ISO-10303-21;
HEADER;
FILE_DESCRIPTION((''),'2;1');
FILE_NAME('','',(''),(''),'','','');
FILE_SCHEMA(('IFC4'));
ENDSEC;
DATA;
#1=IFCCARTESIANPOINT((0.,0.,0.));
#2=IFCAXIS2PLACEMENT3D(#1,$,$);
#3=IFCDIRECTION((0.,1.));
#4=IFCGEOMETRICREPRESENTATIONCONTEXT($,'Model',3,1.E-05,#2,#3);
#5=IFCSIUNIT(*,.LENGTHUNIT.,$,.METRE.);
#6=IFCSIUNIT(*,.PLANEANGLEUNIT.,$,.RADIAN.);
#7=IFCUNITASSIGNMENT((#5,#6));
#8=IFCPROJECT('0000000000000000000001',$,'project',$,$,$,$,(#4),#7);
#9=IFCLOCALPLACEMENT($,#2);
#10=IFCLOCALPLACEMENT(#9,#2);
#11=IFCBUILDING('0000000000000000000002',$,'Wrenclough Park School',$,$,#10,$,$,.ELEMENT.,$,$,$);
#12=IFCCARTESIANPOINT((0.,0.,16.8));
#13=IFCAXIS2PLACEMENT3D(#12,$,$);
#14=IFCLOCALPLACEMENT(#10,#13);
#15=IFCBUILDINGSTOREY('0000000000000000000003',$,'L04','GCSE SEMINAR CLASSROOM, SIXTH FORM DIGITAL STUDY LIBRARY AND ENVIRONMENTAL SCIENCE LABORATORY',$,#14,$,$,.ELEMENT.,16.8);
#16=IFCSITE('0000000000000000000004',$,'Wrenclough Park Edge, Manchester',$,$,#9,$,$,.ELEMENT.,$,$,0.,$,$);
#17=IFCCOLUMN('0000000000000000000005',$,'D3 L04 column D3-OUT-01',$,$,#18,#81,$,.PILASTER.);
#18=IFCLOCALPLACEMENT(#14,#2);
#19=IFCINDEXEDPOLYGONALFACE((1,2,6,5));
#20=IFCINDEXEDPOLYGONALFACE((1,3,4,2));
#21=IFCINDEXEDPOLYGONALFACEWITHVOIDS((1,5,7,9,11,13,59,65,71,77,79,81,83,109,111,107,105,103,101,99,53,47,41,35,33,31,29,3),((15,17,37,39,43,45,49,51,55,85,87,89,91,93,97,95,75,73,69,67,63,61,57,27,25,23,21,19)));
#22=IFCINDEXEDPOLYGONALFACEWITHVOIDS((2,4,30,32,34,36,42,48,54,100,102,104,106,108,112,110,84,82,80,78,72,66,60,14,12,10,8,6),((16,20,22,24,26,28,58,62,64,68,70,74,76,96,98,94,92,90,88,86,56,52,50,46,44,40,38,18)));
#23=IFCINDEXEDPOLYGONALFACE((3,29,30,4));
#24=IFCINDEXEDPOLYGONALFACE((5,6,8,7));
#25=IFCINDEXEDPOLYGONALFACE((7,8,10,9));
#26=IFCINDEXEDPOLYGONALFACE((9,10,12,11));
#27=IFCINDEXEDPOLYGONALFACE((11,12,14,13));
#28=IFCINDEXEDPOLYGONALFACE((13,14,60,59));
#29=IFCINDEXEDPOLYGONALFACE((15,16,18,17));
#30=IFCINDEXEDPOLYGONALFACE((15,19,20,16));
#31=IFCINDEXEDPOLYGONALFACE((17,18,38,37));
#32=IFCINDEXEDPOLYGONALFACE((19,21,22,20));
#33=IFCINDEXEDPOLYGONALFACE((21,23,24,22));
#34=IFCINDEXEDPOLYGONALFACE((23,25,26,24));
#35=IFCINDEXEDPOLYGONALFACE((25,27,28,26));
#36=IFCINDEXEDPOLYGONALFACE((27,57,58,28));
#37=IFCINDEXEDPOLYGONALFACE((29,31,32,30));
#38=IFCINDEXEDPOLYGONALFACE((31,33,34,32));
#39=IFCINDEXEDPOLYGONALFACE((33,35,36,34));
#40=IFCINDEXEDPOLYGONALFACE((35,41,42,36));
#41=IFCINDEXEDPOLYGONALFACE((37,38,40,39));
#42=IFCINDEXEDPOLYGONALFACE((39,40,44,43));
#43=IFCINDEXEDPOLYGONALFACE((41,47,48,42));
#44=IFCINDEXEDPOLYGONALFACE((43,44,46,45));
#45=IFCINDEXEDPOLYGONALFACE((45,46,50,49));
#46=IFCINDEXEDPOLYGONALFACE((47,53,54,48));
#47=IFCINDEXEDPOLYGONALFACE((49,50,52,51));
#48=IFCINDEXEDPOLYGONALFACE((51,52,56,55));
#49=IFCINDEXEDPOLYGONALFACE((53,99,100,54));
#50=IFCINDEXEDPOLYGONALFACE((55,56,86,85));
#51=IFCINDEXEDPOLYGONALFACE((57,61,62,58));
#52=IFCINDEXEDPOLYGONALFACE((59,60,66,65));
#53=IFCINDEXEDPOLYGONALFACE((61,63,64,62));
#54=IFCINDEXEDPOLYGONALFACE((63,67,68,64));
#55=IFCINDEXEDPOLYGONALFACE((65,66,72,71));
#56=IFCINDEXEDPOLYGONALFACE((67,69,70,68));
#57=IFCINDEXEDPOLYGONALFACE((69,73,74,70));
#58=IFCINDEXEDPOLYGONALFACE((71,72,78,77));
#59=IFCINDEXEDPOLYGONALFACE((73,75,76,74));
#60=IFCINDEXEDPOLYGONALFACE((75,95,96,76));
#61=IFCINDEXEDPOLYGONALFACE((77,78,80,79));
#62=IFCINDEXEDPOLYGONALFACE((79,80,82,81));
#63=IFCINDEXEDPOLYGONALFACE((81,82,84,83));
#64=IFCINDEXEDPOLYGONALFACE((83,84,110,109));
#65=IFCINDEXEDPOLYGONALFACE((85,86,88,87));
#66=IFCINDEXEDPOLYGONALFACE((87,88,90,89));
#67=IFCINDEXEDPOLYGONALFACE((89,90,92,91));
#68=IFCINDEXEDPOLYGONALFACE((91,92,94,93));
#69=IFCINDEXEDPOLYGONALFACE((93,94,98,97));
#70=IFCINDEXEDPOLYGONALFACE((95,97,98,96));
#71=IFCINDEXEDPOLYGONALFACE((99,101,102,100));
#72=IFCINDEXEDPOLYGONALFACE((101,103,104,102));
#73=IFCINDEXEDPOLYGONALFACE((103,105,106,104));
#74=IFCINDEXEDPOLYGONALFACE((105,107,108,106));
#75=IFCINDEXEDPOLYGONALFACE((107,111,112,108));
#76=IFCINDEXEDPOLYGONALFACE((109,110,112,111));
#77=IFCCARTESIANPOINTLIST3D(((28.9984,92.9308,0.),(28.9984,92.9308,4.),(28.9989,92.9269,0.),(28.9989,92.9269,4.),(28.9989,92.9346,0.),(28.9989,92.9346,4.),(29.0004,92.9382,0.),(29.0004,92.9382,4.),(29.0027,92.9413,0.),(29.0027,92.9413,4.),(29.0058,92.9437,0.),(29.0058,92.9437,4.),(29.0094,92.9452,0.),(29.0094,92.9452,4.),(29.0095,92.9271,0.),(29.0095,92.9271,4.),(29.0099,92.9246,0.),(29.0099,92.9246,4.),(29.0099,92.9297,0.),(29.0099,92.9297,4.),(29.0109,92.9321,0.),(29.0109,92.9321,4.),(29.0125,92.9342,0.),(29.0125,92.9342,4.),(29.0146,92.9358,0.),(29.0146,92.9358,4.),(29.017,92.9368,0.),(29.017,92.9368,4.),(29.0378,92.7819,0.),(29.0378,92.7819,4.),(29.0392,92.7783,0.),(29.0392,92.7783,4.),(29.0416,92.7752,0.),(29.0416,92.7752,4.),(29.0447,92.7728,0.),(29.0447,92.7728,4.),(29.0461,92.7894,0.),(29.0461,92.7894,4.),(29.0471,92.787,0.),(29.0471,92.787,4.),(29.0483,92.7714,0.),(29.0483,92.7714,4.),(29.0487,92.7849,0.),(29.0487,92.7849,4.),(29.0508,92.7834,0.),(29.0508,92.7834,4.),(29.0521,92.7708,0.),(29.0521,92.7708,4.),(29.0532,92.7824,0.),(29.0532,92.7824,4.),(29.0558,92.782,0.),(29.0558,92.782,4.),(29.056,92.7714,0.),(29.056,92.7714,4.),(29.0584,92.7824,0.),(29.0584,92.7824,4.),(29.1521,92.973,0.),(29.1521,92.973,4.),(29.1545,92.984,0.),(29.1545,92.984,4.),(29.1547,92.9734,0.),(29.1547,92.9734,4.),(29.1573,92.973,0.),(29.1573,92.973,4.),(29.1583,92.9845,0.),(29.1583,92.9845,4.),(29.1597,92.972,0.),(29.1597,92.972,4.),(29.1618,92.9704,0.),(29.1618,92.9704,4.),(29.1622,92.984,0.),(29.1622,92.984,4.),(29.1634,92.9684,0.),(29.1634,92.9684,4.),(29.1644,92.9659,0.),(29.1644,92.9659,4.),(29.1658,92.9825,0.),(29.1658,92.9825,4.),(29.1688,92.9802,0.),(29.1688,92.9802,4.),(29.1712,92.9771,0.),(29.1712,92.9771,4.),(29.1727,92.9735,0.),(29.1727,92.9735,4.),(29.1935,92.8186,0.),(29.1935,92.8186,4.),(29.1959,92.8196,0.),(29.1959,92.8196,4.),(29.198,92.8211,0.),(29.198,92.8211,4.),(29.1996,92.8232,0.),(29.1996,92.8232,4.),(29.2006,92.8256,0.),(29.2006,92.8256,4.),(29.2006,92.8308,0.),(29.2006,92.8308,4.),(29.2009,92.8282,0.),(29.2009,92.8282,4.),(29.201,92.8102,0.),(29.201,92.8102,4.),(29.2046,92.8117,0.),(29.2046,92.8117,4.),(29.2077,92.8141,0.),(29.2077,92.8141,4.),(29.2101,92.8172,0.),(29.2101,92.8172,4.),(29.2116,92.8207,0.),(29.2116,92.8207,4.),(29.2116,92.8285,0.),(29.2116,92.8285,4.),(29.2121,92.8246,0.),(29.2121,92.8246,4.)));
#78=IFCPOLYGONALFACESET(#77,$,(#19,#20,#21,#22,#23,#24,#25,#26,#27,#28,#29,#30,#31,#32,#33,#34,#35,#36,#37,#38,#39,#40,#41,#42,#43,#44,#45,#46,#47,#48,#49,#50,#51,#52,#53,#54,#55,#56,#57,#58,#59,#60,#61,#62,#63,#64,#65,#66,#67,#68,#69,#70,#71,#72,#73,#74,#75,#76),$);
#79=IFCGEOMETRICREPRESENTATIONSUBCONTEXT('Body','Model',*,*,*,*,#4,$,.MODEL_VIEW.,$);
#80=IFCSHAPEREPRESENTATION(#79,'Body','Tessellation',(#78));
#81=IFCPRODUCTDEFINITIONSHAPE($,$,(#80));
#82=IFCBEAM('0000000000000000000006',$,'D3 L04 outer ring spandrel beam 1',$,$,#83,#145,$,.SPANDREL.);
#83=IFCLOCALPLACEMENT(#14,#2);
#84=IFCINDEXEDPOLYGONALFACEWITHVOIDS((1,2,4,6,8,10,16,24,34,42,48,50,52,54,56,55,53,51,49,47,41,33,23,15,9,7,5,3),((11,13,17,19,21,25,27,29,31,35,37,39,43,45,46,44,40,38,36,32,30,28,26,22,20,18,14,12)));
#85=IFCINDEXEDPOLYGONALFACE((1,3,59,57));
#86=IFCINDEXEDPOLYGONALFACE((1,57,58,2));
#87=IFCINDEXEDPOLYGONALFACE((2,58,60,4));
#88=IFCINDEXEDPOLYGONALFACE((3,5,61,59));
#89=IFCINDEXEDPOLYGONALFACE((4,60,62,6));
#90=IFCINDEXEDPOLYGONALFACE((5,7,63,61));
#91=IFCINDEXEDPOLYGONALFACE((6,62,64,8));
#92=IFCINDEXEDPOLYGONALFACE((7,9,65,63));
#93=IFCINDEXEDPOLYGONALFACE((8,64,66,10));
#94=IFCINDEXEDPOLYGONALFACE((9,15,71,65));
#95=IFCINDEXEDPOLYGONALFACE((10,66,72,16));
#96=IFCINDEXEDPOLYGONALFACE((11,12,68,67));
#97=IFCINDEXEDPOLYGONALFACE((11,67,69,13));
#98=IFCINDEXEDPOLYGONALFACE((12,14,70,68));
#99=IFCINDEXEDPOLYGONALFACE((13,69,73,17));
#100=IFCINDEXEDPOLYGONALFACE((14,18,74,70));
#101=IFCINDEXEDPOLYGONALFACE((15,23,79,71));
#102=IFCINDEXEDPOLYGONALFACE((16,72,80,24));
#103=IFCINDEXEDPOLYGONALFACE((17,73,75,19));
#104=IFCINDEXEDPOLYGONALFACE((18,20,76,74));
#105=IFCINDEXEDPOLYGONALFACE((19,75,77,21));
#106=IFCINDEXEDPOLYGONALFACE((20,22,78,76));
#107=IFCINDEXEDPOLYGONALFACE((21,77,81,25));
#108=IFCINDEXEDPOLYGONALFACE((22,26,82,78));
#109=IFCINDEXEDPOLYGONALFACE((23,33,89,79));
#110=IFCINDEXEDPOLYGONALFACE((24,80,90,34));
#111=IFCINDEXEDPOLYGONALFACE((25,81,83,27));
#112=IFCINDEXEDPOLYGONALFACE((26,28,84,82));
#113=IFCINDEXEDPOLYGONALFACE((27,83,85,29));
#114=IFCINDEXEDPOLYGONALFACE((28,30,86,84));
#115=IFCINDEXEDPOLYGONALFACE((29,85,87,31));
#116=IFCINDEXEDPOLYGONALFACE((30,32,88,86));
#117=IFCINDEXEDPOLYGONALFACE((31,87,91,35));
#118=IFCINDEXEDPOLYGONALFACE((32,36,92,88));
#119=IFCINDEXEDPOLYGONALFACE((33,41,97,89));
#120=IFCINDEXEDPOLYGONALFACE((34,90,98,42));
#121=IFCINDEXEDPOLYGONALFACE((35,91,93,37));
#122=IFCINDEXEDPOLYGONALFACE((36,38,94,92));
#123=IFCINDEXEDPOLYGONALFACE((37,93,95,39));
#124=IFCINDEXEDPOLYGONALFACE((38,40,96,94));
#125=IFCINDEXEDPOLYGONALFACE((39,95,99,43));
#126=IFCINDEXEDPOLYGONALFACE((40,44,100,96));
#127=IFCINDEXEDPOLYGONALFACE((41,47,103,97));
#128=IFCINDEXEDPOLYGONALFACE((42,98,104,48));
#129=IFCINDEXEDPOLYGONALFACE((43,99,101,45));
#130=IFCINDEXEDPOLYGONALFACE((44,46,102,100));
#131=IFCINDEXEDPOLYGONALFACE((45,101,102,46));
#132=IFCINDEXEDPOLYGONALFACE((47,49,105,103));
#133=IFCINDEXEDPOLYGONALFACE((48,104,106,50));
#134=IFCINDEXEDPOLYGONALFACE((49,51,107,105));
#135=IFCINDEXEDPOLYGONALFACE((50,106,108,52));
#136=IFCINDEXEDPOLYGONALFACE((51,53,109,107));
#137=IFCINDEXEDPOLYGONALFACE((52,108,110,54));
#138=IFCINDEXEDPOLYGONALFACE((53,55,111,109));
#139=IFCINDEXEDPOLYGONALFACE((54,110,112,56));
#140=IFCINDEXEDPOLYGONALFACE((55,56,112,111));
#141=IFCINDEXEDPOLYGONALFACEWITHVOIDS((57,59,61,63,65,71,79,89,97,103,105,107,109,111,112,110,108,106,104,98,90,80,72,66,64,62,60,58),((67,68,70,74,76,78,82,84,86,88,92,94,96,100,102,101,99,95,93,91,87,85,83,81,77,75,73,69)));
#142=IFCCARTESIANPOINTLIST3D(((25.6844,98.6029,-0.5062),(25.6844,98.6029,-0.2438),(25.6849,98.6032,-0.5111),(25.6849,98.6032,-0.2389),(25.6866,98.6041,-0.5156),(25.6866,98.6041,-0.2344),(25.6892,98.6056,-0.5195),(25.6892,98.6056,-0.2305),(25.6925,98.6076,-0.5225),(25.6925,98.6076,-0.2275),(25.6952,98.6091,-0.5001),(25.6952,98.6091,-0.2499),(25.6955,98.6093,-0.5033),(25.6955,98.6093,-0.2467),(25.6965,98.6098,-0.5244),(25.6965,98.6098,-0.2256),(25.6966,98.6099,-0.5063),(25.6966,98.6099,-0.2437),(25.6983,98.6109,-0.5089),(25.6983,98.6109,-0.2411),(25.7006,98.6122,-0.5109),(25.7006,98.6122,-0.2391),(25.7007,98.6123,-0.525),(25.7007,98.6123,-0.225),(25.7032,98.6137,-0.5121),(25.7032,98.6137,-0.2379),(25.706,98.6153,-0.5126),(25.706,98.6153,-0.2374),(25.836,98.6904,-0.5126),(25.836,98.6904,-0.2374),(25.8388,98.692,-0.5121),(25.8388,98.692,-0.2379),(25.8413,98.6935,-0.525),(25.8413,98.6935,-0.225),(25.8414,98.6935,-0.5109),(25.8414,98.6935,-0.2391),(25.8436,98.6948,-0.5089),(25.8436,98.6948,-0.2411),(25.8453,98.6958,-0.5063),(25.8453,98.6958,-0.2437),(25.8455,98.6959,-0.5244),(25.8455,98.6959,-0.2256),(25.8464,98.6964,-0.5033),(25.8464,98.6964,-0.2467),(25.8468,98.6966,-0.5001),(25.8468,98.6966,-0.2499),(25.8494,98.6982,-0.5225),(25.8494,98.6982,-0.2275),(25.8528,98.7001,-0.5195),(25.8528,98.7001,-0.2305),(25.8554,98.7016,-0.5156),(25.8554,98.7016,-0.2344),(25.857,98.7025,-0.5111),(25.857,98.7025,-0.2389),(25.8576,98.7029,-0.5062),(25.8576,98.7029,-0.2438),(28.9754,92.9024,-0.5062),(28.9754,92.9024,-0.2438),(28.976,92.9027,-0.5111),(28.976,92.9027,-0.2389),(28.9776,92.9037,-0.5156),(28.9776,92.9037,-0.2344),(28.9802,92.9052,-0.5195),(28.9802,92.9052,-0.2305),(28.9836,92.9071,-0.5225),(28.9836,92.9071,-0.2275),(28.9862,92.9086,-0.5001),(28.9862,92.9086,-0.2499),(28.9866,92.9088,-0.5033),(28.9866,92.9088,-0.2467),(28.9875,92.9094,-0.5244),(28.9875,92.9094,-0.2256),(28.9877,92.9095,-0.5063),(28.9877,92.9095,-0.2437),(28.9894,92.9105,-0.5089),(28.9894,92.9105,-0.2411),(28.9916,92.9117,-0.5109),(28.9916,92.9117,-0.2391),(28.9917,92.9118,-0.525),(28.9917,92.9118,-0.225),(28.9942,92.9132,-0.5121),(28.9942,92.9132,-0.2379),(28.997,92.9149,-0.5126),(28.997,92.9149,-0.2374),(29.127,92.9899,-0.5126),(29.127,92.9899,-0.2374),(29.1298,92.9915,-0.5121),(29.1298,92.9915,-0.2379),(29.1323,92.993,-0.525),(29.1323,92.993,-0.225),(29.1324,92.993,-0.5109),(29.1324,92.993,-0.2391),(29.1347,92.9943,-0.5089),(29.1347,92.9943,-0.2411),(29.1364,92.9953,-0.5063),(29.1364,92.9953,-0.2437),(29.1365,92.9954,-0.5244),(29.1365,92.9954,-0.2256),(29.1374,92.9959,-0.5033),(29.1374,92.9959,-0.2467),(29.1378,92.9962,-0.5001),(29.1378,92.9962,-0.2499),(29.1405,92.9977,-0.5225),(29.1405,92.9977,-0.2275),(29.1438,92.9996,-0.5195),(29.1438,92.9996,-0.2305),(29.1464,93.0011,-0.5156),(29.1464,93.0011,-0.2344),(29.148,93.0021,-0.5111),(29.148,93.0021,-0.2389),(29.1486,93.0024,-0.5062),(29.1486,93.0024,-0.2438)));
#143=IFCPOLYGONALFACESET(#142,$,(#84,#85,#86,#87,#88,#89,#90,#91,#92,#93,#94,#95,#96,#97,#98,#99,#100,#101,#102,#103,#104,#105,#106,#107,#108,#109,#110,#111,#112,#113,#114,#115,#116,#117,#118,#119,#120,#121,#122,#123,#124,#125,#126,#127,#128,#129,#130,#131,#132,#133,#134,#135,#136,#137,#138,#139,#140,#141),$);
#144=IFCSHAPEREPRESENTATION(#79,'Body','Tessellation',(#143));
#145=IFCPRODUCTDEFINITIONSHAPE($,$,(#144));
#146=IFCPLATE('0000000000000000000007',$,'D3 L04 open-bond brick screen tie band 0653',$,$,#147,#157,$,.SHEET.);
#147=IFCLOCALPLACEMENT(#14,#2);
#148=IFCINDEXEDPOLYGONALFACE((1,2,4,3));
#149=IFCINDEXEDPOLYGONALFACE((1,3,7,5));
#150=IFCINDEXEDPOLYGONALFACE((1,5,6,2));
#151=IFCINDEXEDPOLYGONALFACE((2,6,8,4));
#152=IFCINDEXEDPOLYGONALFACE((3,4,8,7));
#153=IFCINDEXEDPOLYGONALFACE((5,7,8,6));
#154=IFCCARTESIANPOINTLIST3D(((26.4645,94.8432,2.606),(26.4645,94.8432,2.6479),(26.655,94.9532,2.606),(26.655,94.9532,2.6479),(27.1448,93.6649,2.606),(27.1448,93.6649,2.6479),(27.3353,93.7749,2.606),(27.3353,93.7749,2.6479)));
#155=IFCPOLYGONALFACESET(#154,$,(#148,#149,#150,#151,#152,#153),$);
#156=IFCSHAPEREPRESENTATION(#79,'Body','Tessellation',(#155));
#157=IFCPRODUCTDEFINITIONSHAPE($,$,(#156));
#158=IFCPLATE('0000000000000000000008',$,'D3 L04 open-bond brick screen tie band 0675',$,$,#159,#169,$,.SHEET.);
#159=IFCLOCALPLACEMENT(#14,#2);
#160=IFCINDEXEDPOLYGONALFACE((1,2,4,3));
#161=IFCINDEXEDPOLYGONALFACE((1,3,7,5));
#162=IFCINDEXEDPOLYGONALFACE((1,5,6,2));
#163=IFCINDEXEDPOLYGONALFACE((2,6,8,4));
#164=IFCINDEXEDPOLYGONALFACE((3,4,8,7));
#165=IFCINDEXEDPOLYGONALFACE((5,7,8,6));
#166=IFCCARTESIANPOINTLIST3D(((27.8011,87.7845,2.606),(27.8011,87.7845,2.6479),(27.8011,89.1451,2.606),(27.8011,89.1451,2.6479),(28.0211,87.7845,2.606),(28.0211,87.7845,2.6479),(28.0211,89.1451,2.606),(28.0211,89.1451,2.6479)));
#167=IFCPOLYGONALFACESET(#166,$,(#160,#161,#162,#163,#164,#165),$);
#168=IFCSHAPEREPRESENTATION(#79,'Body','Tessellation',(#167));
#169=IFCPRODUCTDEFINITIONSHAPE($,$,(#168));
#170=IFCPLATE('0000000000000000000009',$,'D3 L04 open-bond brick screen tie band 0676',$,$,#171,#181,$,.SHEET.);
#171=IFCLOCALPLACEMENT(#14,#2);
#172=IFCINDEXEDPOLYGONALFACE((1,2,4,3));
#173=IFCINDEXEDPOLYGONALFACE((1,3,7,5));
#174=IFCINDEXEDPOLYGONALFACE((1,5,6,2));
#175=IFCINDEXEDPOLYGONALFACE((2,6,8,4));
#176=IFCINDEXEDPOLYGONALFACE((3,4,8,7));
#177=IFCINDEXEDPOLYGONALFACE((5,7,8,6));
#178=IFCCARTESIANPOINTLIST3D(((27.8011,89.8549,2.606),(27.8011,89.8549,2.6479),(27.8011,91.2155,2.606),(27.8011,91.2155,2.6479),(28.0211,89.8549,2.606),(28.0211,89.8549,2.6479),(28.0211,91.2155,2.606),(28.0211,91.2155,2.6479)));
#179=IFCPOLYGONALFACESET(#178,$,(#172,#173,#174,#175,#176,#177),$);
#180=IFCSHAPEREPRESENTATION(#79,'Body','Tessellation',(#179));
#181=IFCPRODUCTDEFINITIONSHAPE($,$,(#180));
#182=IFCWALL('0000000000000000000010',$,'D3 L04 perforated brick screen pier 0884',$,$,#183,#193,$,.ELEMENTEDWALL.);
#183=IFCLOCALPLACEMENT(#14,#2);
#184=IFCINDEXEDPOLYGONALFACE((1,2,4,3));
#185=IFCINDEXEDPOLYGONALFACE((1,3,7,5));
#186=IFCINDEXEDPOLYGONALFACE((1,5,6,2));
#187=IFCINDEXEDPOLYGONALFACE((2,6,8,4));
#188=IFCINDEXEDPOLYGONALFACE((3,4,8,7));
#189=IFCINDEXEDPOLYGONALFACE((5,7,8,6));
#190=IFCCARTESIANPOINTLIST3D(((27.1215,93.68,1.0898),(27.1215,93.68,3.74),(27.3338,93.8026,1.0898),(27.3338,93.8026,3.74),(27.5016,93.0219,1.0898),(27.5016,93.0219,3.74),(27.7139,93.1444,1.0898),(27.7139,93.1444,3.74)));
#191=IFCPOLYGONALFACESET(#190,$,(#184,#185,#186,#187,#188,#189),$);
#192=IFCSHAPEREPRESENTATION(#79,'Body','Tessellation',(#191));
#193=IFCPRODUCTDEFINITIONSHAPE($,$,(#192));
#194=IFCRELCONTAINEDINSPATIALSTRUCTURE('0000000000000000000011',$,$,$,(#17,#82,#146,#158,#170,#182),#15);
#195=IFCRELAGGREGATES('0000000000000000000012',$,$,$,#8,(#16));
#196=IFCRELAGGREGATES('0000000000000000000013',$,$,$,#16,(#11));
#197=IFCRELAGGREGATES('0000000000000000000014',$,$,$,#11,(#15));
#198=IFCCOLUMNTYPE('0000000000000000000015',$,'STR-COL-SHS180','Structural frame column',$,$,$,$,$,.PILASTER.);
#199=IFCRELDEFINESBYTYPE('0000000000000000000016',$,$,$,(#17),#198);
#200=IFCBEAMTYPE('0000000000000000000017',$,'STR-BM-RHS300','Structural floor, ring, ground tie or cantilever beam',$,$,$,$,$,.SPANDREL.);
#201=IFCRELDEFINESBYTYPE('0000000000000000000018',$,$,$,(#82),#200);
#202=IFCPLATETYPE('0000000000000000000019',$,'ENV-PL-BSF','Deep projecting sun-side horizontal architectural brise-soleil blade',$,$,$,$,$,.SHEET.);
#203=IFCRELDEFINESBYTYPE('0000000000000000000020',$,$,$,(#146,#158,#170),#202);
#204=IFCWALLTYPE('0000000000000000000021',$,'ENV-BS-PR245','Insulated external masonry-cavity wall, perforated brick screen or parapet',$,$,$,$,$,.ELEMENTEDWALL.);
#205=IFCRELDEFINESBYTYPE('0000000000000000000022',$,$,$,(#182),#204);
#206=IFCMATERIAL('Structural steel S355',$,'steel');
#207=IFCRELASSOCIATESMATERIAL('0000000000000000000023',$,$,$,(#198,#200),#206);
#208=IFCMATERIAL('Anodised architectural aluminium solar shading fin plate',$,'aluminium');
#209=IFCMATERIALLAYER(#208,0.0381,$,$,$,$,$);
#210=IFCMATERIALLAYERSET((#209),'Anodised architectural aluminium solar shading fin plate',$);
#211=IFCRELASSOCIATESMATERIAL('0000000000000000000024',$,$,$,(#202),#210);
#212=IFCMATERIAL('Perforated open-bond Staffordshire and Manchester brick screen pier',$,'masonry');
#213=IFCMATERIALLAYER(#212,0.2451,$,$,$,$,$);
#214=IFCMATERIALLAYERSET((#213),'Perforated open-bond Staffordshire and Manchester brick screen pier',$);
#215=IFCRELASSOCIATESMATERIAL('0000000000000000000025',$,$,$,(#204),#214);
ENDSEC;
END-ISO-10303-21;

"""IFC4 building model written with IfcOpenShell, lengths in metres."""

from ifc_helpers import new_model, si_unit, direction, frame, frame_2d, origin, origin_2d, place, context, subcontext, project, spatial, rectangle, hollow_rectangle, extrude, material, layer, layer_set, material_profile, profile_set, type_object, element, save


model = new_model("IFC4")

# Units and contexts
model_context = context("Model", 3, precision=1e-05, world=origin(), true_north=direction((0.0, 1.0)))
body_context = subcontext(model_context, "Body", "Model", "MODEL_VIEW")
ifc_project = project(units=[si_unit("LENGTHUNIT", "METRE"), si_unit("PLANEANGLEUNIT", "RADIAN")], contexts=[model_context])

# Site, building, storey
site_placement = place(None, origin())
site = spatial("IfcSite", under=ifc_project, at=site_placement, Name="Wrenclough Park Edge, Manchester", CompositionType="ELEMENT", RefElevation=0.0)
building_placement = place(site_placement, origin())
building = spatial("IfcBuilding", under=site, at=building_placement, Name="Wrenclough Park School", CompositionType="ELEMENT")
storey_placement = place(building_placement, frame((0.0, 0.0, 16.8)))
storey = spatial("IfcBuildingStorey", under=building, at=storey_placement, Name="L04", Description="GCSE SEMINAR CLASSROOM, SIXTH FORM DIGITAL STUDY LIBRARY AND ENVIRONMENTAL SCIENCE LABORATORY", CompositionType="ELEMENT", Elevation=16.8)

# Column
ifc_material_1 = material(Name="Structural steel S355", Category="steel")
ifc_material_profile_1 = material_profile(ifc_material_1, hollow_rectangle(XDim=0.1799, YDim=0.1799, WallThickness=0.01, InnerFilletRadius=0.01, OuterFilletRadius=0.0149, at=origin_2d()), Name="SHS 180x180x10.0")
ifc_profile_set_1 = profile_set([ifc_material_profile_1], Name="Structural steel S355")
column_type = type_object("IfcColumnType", Name="STR-COL-SHS180", Description="Structural frame column", PredefinedType="PILASTER", material=ifc_profile_set_1)
column_placement = place(storey_placement, frame((29.1052, 92.8777, 0.0), z_axis=(0.0, 0.0, 1.0), x_axis=(-0.258819, 0.965926, 0.0)))
element("IfcColumn", 1, at=column_placement, inside=storey, type_object=column_type, Name="D3 L04 column D3-OUT-01", PredefinedType="PILASTER", context=body_context, shape_type="SweptSolid", body=[
    extrude(hollow_rectangle(XDim=0.1799, YDim=0.1799, WallThickness=0.01, InnerFilletRadius=0.01, OuterFilletRadius=0.0149, at=origin_2d()), origin(), (0.0, 0.0, 1.0), 4.0),
])

# Beam
ifc_material_profile_2 = material_profile(ifc_material_1, hollow_rectangle(XDim=0.2, YDim=0.3, WallThickness=0.0125, InnerFilletRadius=0.0125, OuterFilletRadius=0.0188, at=origin_2d()), Name="RHS 300x200x12.5")
ifc_profile_set_2 = profile_set([ifc_material_profile_2], Name="Structural steel S355")
beam_type = type_object("IfcBeamType", Name="STR-BM-RHS300", Description="Structural floor, ring, ground tie or cantilever beam", PredefinedType="SPANDREL", material=ifc_profile_set_2)
beam_placement = place(storey_placement, frame((29.062, 92.9524, -0.375), z_axis=(-0.499985, 0.866034, 0.0), x_axis=(-0.866034, -0.499985, 0.0)))
element("IfcBeam", 2, at=beam_placement, inside=storey, type_object=beam_type, Name="D3 L04 outer ring spandrel beam 1", PredefinedType="SPANDREL", context=body_context, shape_type="SweptSolid", body=[
    extrude(hollow_rectangle(XDim=0.2, YDim=0.3, WallThickness=0.0125, InnerFilletRadius=0.0125, OuterFilletRadius=0.0188, at=origin_2d()), origin(), (0.0, 0.0, 1.0), 6.5823),
])

# Plates
ifc_material_2 = material(Name="Anodised architectural aluminium solar shading fin plate", Category="aluminium")
ifc_layer_1 = layer(ifc_material_2, 0.0381)
ifc_layer_set_1 = layer_set([ifc_layer_1], Name="Anodised architectural aluminium solar shading fin plate")
plate_type = type_object("IfcPlateType", Name="ENV-PL-BSF", Description="Deep projecting sun-side horizontal architectural brise-soleil blade", PredefinedType="SHEET", material=ifc_layer_set_1)
for number, where, z_axis, x_axis, name in (
    (3, (26.8999, 94.3091, 2.606), (0.0, 0.0, 1.0), (-0.499993, 0.866029, 0.0), "D3 L04 open-bond brick screen tie band 0653"),
    (4, (27.9111, 88.4648, 2.606), (0.0, 0.0, 1.0), (0.0, 1.0, 0.0), "D3 L04 open-bond brick screen tie band 0675"),
    (5, (27.9111, 90.5352, 2.606), (0.0, 0.0, 1.0), (0.0, 1.0, 0.0), "D3 L04 open-bond brick screen tie band 0676"),
):
    element("IfcPlate", number, at=place(storey_placement, frame(where, z_axis=z_axis, x_axis=x_axis)), inside=storey, type_object=plate_type, Name=name, PredefinedType="SHEET", context=body_context, shape_type="SweptSolid", body=[
        extrude(rectangle(XDim=1.3606, YDim=0.22, at=origin_2d()), origin(), (0.0, 0.0, 1.0), 0.042),
    ])

# Wall
ifc_material_3 = material(Name="Perforated open-bond Staffordshire and Manchester brick screen pier", Category="masonry")
ifc_layer_2 = layer(ifc_material_3, 0.2451)
ifc_layer_set_2 = layer_set([ifc_layer_2], Name="Perforated open-bond Staffordshire and Manchester brick screen pier")
wall_type_1 = type_object("IfcWallType", Name="ENV-BS-PR245", Description="Insulated external masonry-cavity wall, perforated brick screen or parapet", PredefinedType="ELEMENTEDWALL", material=ifc_layer_set_2)
for number, where, z_axis, x_axis, name in (
    (6, (27.6077, 93.0833, 1.0898), (0.0, 0.0, 1.0), (-0.500112, 0.865961, 0.0), "D3 L04 perforated brick screen pier 0884"),
):
    element("IfcWall", number, at=place(storey_placement, frame(where, z_axis=z_axis, x_axis=x_axis)), inside=storey, type_object=wall_type_1, Name=name, PredefinedType="ELEMENTEDWALL", context=body_context, shape_type="SweptSolid", body=[
        extrude(rectangle(XDim=0.76, YDim=0.2451, at=frame_2d((0.3799, 0.0))), origin(), (0.0, 0.0, 1.0), 2.6501),
    ])

save(model, "model.ifc")
